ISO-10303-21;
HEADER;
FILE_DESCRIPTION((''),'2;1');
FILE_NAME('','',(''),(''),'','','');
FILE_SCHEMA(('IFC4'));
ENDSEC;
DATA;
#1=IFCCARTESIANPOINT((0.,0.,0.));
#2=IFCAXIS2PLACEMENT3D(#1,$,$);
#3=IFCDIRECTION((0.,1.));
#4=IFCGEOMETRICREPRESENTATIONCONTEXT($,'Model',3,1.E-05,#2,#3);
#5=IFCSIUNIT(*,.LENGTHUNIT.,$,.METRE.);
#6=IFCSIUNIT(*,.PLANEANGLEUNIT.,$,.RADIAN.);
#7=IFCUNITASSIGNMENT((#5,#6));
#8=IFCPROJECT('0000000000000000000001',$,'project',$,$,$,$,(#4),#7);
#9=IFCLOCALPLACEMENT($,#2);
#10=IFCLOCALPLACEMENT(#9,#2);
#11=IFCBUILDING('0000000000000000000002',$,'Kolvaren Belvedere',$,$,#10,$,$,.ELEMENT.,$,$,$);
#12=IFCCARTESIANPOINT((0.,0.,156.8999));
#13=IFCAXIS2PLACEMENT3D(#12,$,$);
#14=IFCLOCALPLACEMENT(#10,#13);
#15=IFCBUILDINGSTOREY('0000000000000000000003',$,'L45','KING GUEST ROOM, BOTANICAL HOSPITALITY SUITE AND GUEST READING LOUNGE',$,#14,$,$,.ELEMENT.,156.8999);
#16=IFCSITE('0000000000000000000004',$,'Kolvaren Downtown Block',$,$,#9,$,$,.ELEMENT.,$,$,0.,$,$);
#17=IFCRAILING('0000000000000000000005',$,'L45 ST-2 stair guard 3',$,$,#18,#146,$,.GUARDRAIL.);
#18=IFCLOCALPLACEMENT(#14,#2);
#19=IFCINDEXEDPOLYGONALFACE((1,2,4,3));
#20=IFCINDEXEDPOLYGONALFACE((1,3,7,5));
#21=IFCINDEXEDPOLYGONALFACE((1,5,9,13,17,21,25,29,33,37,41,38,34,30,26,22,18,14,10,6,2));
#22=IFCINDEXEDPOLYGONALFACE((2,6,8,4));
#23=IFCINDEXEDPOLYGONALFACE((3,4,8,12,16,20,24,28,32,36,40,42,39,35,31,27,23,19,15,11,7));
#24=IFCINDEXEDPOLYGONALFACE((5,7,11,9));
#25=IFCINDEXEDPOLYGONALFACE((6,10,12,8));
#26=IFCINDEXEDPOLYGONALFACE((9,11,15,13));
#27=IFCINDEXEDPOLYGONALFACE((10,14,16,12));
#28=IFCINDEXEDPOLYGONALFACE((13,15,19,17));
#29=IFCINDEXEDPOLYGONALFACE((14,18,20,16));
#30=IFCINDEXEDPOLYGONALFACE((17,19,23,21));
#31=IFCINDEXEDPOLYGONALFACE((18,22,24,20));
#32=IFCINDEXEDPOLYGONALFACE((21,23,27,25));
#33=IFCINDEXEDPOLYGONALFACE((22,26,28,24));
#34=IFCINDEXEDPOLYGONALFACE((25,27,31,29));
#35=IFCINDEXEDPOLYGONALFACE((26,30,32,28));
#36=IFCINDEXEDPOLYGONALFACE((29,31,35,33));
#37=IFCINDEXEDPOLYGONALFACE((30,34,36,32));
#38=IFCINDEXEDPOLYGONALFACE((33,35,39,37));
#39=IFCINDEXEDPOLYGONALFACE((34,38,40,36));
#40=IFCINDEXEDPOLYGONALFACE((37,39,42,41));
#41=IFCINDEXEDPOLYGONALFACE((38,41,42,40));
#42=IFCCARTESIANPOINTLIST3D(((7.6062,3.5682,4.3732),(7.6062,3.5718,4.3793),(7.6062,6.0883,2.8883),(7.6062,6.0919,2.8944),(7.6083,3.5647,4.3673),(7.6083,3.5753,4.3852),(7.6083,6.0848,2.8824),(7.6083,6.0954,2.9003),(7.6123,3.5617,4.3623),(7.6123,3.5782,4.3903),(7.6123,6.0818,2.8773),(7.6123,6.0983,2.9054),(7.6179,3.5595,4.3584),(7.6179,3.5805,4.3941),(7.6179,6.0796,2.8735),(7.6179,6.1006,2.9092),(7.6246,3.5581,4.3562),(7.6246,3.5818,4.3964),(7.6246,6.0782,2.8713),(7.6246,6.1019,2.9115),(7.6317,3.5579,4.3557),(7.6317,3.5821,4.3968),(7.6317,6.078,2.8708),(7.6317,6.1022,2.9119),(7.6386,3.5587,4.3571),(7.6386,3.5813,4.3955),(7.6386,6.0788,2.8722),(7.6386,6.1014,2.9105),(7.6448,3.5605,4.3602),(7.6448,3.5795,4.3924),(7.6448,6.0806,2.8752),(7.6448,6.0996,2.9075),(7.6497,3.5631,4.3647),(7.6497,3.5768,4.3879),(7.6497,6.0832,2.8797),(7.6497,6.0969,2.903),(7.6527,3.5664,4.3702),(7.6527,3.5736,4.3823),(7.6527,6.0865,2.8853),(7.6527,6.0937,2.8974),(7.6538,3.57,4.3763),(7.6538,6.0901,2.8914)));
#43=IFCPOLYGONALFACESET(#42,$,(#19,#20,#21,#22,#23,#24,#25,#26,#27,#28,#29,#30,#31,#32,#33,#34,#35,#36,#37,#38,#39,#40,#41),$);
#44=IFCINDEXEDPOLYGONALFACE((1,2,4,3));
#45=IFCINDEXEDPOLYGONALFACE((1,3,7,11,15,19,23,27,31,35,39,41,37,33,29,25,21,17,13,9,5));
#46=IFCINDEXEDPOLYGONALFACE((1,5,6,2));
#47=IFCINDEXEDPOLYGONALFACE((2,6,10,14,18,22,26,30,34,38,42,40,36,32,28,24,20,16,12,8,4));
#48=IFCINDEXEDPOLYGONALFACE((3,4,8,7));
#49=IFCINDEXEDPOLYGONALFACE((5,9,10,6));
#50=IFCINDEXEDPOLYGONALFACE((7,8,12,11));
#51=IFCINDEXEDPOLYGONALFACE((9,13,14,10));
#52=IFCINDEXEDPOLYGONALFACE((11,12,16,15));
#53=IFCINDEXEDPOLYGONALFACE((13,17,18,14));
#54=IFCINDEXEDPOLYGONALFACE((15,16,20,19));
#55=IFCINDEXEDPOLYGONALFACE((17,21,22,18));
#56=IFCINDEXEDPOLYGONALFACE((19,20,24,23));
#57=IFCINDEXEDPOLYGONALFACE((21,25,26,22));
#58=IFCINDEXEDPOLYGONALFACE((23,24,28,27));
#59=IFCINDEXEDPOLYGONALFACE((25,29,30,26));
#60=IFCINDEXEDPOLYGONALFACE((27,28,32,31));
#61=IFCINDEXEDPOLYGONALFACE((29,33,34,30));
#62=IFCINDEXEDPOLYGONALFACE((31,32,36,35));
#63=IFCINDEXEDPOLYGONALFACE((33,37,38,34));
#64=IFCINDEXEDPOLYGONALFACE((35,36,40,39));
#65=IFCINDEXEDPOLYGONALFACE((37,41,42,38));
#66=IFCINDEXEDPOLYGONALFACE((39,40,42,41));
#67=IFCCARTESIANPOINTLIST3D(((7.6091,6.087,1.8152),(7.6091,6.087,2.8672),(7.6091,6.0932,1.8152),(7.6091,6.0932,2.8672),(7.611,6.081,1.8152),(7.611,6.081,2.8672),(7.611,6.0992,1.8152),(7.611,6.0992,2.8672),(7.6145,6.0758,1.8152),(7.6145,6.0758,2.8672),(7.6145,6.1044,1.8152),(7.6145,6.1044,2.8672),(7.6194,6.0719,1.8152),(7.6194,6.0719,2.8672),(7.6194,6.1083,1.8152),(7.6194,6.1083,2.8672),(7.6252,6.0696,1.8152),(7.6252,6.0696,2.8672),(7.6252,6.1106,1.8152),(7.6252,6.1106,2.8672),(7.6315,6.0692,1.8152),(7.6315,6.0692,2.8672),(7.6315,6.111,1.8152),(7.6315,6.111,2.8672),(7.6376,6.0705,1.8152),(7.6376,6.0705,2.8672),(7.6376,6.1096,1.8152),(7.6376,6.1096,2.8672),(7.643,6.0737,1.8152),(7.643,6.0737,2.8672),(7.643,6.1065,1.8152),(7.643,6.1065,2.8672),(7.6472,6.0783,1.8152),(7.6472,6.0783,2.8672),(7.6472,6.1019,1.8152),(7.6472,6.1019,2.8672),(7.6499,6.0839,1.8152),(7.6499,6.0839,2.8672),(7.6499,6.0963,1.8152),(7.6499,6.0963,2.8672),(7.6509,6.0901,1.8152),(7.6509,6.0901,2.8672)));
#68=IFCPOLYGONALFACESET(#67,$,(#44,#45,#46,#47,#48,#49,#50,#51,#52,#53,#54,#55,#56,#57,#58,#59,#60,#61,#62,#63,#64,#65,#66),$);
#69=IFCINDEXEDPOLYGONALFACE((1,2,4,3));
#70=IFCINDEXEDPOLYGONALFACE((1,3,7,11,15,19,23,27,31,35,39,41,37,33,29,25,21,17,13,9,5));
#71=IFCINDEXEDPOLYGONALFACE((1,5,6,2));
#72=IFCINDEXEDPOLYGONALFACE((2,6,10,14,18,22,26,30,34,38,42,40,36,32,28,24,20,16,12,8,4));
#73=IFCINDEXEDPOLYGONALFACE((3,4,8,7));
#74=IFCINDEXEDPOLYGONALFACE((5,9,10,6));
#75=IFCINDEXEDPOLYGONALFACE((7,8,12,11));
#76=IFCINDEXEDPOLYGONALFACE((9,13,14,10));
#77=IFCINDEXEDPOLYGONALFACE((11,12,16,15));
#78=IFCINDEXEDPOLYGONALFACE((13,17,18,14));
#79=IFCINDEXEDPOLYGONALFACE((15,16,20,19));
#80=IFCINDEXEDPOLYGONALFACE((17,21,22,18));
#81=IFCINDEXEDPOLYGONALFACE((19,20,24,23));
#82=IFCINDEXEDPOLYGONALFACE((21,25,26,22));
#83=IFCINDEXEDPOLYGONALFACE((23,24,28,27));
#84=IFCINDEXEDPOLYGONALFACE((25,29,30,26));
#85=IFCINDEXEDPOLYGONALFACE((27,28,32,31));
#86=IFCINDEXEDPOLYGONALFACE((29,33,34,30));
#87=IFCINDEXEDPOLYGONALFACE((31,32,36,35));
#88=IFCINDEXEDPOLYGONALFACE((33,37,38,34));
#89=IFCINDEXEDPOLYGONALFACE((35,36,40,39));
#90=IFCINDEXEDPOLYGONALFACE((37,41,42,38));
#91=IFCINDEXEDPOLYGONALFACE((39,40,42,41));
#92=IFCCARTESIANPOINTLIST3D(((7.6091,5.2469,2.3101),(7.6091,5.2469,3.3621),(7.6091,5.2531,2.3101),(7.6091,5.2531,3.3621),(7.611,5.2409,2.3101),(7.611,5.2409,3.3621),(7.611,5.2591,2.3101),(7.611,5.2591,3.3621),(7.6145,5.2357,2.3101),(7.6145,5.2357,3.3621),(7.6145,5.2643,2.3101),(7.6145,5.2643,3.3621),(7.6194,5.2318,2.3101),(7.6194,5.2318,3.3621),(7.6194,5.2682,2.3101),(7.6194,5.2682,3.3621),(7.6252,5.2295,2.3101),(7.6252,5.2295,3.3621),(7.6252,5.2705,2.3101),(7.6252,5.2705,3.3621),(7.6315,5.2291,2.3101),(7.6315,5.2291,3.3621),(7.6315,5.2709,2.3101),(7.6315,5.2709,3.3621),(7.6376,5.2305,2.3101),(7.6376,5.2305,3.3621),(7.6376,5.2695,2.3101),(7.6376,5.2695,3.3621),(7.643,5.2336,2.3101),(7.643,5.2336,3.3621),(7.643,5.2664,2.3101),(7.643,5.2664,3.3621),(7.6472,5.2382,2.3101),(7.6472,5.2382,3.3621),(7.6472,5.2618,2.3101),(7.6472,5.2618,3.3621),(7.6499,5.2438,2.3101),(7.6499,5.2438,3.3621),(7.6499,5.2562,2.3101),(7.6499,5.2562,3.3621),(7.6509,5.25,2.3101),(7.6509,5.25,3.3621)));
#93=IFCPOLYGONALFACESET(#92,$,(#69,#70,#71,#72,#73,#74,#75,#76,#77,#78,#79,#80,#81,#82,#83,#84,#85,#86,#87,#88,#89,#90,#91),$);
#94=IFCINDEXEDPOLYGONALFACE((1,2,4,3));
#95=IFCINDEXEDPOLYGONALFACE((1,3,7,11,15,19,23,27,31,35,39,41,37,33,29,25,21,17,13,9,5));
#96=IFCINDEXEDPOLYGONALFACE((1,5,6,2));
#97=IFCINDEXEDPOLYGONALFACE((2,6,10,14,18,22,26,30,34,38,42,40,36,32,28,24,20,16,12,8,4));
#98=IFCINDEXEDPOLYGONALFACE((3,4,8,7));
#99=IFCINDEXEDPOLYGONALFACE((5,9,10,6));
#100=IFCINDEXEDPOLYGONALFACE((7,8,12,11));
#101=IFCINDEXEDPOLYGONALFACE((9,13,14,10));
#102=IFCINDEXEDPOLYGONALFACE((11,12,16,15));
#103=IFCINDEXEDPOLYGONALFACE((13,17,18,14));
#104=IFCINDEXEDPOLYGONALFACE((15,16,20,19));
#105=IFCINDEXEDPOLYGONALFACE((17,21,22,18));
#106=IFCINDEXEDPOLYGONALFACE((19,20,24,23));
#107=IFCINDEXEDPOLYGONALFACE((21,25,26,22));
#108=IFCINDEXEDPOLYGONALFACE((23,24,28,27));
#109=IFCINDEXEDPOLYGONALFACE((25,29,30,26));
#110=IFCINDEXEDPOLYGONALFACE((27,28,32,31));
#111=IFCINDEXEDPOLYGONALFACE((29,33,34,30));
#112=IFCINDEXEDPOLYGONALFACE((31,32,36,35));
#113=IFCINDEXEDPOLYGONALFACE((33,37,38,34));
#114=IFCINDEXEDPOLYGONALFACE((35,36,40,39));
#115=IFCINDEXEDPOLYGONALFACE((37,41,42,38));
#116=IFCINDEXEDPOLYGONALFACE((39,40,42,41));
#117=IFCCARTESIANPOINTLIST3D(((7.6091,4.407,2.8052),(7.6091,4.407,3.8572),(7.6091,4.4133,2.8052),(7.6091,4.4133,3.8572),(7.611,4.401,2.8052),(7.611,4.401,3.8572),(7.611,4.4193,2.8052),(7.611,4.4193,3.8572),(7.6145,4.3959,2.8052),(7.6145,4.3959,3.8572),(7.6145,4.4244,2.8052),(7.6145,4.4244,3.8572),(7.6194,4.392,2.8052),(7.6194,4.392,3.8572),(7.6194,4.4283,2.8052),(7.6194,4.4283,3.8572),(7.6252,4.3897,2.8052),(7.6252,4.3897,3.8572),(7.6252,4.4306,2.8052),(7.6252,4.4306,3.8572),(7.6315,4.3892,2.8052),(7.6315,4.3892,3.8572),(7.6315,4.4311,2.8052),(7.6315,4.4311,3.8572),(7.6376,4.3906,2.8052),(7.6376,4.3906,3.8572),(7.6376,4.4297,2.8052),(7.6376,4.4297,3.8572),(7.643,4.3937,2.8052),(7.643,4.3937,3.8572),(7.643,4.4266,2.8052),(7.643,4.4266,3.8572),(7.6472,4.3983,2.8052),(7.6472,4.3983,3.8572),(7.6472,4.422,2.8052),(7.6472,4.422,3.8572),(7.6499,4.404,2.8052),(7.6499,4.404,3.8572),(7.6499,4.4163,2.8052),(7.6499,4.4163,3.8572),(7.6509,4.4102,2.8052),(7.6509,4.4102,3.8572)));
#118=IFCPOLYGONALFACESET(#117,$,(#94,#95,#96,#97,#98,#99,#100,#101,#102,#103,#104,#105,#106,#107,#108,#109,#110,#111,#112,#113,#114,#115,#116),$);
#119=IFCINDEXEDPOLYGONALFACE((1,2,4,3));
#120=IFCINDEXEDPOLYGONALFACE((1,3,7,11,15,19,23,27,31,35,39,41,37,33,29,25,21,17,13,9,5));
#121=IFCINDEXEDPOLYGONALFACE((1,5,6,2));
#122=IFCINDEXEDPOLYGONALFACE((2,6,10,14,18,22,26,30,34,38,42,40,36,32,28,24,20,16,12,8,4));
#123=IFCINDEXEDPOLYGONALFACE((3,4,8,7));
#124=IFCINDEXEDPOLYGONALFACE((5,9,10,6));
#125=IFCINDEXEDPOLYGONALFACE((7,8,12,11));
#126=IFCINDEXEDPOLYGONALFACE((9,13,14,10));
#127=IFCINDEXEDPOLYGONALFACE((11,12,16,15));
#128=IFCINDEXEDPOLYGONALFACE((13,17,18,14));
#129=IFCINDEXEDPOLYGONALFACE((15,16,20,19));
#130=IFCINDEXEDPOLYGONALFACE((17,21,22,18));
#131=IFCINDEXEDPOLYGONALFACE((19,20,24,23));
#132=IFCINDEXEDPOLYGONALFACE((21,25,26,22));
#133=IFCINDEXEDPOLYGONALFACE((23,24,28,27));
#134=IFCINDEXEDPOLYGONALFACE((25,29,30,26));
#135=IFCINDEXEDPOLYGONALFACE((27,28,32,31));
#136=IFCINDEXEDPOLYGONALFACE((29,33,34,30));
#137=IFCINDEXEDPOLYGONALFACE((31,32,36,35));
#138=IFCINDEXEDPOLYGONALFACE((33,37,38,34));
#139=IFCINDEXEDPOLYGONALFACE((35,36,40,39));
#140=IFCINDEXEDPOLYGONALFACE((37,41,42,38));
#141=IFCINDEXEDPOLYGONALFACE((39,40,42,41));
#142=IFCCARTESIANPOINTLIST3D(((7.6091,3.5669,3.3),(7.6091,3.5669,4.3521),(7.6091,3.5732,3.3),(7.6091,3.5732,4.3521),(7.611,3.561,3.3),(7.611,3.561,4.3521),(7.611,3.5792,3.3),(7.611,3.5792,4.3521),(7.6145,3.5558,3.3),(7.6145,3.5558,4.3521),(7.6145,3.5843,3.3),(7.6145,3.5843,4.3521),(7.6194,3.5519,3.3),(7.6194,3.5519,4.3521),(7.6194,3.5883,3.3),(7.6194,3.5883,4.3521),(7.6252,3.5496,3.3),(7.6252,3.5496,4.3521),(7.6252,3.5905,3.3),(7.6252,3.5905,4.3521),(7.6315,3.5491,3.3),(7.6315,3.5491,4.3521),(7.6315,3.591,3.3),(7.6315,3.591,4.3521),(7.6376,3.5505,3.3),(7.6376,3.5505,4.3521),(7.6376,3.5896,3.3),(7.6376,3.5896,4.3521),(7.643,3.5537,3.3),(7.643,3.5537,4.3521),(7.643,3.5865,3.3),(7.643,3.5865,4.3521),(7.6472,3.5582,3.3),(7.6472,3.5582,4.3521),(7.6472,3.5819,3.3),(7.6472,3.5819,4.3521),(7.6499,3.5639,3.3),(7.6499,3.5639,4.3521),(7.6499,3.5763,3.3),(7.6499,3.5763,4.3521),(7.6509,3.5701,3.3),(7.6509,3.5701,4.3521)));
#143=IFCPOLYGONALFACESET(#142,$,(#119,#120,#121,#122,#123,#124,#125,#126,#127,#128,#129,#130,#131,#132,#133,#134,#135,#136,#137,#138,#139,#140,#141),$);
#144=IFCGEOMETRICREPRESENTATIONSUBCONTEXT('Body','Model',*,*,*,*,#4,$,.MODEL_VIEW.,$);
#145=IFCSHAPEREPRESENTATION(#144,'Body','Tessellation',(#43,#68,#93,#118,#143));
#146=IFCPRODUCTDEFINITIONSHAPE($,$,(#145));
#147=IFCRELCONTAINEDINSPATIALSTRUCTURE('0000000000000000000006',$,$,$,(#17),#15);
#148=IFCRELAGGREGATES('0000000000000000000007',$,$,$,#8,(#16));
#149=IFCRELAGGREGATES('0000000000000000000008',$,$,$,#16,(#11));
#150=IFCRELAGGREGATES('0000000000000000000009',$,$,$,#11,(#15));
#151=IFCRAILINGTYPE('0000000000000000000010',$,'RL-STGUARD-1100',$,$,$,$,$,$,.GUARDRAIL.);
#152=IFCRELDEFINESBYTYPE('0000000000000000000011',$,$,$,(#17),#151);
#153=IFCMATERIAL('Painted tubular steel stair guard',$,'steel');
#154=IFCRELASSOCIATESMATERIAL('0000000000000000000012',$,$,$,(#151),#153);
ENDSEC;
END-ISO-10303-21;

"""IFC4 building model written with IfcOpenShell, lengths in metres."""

from ifc_helpers import new_model, si_unit, direction, frame, origin, origin_2d, place, context, subcontext, project, spatial, circle, extrude, material, type_object, element, save


model = new_model("IFC4")

# Units and contexts
model_context = context("Model", 3, precision=1e-05, world=origin(), true_north=direction((0.0, 1.0)))
body_context = subcontext(model_context, "Body", "Model", "MODEL_VIEW")
ifc_project = project(units=[si_unit("LENGTHUNIT", "METRE"), si_unit("PLANEANGLEUNIT", "RADIAN")], contexts=[model_context])

# Site, building, storey
site_placement = place(None, origin())
site = spatial("IfcSite", under=ifc_project, at=site_placement, Name="Kolvaren Downtown Block", CompositionType="ELEMENT", RefElevation=0.0)
building_placement = place(site_placement, origin())
building = spatial("IfcBuilding", under=site, at=building_placement, Name="Kolvaren Belvedere", CompositionType="ELEMENT")
storey_placement = place(building_placement, frame((0.0, 0.0, 156.8999)))
storey = spatial("IfcBuildingStorey", under=building, at=storey_placement, Name="L45", Description="KING GUEST ROOM, BOTANICAL HOSPITALITY SUITE AND GUEST READING LOUNGE", CompositionType="ELEMENT", Elevation=156.8999)

# Railing
ifc_material_1 = material(Name="Painted tubular steel stair guard", Category="steel")
railing_type_1 = type_object("IfcRailingType", Name="RL-STGUARD-1100", PredefinedType="GUARDRAIL", material=ifc_material_1)
railing_1_placement = place(storey_placement, frame((7.6299, 6.0901, 1.8152)))
element("IfcRailing", 1, at=railing_1_placement, inside=storey, type_object=railing_type_1, Name="L45 ST-2 stair guard 3", PredefinedType="GUARDRAIL", context=body_context, shape_type="SweptSolid", body=[
    extrude(circle(Radius=0.0239, at=origin_2d()), frame((0.0, 0.0, 1.0762), z_axis=(0.0, -0.861561, 0.507655), x_axis=(1.0, 0.0, 0.0)), (0.0, 0.0, 1.0), 2.925),
    extrude(circle(Radius=0.021, at=origin_2d()), origin(), (0.0, 0.0, 1.0), 1.052),
    extrude(circle(Radius=0.021, at=origin_2d()), frame((0.0, -0.8401, 0.4949)), (0.0, 0.0, 1.0), 1.052),
    extrude(circle(Radius=0.021, at=origin_2d()), frame((0.0, -1.6799, 0.99)), (0.0, 0.0, 1.0), 1.052),
    extrude(circle(Radius=0.021, at=origin_2d()), frame((0.0, -2.52, 1.4849)), (0.0, 0.0, 1.0), 1.052),
])

save(model, "model.ifc")
